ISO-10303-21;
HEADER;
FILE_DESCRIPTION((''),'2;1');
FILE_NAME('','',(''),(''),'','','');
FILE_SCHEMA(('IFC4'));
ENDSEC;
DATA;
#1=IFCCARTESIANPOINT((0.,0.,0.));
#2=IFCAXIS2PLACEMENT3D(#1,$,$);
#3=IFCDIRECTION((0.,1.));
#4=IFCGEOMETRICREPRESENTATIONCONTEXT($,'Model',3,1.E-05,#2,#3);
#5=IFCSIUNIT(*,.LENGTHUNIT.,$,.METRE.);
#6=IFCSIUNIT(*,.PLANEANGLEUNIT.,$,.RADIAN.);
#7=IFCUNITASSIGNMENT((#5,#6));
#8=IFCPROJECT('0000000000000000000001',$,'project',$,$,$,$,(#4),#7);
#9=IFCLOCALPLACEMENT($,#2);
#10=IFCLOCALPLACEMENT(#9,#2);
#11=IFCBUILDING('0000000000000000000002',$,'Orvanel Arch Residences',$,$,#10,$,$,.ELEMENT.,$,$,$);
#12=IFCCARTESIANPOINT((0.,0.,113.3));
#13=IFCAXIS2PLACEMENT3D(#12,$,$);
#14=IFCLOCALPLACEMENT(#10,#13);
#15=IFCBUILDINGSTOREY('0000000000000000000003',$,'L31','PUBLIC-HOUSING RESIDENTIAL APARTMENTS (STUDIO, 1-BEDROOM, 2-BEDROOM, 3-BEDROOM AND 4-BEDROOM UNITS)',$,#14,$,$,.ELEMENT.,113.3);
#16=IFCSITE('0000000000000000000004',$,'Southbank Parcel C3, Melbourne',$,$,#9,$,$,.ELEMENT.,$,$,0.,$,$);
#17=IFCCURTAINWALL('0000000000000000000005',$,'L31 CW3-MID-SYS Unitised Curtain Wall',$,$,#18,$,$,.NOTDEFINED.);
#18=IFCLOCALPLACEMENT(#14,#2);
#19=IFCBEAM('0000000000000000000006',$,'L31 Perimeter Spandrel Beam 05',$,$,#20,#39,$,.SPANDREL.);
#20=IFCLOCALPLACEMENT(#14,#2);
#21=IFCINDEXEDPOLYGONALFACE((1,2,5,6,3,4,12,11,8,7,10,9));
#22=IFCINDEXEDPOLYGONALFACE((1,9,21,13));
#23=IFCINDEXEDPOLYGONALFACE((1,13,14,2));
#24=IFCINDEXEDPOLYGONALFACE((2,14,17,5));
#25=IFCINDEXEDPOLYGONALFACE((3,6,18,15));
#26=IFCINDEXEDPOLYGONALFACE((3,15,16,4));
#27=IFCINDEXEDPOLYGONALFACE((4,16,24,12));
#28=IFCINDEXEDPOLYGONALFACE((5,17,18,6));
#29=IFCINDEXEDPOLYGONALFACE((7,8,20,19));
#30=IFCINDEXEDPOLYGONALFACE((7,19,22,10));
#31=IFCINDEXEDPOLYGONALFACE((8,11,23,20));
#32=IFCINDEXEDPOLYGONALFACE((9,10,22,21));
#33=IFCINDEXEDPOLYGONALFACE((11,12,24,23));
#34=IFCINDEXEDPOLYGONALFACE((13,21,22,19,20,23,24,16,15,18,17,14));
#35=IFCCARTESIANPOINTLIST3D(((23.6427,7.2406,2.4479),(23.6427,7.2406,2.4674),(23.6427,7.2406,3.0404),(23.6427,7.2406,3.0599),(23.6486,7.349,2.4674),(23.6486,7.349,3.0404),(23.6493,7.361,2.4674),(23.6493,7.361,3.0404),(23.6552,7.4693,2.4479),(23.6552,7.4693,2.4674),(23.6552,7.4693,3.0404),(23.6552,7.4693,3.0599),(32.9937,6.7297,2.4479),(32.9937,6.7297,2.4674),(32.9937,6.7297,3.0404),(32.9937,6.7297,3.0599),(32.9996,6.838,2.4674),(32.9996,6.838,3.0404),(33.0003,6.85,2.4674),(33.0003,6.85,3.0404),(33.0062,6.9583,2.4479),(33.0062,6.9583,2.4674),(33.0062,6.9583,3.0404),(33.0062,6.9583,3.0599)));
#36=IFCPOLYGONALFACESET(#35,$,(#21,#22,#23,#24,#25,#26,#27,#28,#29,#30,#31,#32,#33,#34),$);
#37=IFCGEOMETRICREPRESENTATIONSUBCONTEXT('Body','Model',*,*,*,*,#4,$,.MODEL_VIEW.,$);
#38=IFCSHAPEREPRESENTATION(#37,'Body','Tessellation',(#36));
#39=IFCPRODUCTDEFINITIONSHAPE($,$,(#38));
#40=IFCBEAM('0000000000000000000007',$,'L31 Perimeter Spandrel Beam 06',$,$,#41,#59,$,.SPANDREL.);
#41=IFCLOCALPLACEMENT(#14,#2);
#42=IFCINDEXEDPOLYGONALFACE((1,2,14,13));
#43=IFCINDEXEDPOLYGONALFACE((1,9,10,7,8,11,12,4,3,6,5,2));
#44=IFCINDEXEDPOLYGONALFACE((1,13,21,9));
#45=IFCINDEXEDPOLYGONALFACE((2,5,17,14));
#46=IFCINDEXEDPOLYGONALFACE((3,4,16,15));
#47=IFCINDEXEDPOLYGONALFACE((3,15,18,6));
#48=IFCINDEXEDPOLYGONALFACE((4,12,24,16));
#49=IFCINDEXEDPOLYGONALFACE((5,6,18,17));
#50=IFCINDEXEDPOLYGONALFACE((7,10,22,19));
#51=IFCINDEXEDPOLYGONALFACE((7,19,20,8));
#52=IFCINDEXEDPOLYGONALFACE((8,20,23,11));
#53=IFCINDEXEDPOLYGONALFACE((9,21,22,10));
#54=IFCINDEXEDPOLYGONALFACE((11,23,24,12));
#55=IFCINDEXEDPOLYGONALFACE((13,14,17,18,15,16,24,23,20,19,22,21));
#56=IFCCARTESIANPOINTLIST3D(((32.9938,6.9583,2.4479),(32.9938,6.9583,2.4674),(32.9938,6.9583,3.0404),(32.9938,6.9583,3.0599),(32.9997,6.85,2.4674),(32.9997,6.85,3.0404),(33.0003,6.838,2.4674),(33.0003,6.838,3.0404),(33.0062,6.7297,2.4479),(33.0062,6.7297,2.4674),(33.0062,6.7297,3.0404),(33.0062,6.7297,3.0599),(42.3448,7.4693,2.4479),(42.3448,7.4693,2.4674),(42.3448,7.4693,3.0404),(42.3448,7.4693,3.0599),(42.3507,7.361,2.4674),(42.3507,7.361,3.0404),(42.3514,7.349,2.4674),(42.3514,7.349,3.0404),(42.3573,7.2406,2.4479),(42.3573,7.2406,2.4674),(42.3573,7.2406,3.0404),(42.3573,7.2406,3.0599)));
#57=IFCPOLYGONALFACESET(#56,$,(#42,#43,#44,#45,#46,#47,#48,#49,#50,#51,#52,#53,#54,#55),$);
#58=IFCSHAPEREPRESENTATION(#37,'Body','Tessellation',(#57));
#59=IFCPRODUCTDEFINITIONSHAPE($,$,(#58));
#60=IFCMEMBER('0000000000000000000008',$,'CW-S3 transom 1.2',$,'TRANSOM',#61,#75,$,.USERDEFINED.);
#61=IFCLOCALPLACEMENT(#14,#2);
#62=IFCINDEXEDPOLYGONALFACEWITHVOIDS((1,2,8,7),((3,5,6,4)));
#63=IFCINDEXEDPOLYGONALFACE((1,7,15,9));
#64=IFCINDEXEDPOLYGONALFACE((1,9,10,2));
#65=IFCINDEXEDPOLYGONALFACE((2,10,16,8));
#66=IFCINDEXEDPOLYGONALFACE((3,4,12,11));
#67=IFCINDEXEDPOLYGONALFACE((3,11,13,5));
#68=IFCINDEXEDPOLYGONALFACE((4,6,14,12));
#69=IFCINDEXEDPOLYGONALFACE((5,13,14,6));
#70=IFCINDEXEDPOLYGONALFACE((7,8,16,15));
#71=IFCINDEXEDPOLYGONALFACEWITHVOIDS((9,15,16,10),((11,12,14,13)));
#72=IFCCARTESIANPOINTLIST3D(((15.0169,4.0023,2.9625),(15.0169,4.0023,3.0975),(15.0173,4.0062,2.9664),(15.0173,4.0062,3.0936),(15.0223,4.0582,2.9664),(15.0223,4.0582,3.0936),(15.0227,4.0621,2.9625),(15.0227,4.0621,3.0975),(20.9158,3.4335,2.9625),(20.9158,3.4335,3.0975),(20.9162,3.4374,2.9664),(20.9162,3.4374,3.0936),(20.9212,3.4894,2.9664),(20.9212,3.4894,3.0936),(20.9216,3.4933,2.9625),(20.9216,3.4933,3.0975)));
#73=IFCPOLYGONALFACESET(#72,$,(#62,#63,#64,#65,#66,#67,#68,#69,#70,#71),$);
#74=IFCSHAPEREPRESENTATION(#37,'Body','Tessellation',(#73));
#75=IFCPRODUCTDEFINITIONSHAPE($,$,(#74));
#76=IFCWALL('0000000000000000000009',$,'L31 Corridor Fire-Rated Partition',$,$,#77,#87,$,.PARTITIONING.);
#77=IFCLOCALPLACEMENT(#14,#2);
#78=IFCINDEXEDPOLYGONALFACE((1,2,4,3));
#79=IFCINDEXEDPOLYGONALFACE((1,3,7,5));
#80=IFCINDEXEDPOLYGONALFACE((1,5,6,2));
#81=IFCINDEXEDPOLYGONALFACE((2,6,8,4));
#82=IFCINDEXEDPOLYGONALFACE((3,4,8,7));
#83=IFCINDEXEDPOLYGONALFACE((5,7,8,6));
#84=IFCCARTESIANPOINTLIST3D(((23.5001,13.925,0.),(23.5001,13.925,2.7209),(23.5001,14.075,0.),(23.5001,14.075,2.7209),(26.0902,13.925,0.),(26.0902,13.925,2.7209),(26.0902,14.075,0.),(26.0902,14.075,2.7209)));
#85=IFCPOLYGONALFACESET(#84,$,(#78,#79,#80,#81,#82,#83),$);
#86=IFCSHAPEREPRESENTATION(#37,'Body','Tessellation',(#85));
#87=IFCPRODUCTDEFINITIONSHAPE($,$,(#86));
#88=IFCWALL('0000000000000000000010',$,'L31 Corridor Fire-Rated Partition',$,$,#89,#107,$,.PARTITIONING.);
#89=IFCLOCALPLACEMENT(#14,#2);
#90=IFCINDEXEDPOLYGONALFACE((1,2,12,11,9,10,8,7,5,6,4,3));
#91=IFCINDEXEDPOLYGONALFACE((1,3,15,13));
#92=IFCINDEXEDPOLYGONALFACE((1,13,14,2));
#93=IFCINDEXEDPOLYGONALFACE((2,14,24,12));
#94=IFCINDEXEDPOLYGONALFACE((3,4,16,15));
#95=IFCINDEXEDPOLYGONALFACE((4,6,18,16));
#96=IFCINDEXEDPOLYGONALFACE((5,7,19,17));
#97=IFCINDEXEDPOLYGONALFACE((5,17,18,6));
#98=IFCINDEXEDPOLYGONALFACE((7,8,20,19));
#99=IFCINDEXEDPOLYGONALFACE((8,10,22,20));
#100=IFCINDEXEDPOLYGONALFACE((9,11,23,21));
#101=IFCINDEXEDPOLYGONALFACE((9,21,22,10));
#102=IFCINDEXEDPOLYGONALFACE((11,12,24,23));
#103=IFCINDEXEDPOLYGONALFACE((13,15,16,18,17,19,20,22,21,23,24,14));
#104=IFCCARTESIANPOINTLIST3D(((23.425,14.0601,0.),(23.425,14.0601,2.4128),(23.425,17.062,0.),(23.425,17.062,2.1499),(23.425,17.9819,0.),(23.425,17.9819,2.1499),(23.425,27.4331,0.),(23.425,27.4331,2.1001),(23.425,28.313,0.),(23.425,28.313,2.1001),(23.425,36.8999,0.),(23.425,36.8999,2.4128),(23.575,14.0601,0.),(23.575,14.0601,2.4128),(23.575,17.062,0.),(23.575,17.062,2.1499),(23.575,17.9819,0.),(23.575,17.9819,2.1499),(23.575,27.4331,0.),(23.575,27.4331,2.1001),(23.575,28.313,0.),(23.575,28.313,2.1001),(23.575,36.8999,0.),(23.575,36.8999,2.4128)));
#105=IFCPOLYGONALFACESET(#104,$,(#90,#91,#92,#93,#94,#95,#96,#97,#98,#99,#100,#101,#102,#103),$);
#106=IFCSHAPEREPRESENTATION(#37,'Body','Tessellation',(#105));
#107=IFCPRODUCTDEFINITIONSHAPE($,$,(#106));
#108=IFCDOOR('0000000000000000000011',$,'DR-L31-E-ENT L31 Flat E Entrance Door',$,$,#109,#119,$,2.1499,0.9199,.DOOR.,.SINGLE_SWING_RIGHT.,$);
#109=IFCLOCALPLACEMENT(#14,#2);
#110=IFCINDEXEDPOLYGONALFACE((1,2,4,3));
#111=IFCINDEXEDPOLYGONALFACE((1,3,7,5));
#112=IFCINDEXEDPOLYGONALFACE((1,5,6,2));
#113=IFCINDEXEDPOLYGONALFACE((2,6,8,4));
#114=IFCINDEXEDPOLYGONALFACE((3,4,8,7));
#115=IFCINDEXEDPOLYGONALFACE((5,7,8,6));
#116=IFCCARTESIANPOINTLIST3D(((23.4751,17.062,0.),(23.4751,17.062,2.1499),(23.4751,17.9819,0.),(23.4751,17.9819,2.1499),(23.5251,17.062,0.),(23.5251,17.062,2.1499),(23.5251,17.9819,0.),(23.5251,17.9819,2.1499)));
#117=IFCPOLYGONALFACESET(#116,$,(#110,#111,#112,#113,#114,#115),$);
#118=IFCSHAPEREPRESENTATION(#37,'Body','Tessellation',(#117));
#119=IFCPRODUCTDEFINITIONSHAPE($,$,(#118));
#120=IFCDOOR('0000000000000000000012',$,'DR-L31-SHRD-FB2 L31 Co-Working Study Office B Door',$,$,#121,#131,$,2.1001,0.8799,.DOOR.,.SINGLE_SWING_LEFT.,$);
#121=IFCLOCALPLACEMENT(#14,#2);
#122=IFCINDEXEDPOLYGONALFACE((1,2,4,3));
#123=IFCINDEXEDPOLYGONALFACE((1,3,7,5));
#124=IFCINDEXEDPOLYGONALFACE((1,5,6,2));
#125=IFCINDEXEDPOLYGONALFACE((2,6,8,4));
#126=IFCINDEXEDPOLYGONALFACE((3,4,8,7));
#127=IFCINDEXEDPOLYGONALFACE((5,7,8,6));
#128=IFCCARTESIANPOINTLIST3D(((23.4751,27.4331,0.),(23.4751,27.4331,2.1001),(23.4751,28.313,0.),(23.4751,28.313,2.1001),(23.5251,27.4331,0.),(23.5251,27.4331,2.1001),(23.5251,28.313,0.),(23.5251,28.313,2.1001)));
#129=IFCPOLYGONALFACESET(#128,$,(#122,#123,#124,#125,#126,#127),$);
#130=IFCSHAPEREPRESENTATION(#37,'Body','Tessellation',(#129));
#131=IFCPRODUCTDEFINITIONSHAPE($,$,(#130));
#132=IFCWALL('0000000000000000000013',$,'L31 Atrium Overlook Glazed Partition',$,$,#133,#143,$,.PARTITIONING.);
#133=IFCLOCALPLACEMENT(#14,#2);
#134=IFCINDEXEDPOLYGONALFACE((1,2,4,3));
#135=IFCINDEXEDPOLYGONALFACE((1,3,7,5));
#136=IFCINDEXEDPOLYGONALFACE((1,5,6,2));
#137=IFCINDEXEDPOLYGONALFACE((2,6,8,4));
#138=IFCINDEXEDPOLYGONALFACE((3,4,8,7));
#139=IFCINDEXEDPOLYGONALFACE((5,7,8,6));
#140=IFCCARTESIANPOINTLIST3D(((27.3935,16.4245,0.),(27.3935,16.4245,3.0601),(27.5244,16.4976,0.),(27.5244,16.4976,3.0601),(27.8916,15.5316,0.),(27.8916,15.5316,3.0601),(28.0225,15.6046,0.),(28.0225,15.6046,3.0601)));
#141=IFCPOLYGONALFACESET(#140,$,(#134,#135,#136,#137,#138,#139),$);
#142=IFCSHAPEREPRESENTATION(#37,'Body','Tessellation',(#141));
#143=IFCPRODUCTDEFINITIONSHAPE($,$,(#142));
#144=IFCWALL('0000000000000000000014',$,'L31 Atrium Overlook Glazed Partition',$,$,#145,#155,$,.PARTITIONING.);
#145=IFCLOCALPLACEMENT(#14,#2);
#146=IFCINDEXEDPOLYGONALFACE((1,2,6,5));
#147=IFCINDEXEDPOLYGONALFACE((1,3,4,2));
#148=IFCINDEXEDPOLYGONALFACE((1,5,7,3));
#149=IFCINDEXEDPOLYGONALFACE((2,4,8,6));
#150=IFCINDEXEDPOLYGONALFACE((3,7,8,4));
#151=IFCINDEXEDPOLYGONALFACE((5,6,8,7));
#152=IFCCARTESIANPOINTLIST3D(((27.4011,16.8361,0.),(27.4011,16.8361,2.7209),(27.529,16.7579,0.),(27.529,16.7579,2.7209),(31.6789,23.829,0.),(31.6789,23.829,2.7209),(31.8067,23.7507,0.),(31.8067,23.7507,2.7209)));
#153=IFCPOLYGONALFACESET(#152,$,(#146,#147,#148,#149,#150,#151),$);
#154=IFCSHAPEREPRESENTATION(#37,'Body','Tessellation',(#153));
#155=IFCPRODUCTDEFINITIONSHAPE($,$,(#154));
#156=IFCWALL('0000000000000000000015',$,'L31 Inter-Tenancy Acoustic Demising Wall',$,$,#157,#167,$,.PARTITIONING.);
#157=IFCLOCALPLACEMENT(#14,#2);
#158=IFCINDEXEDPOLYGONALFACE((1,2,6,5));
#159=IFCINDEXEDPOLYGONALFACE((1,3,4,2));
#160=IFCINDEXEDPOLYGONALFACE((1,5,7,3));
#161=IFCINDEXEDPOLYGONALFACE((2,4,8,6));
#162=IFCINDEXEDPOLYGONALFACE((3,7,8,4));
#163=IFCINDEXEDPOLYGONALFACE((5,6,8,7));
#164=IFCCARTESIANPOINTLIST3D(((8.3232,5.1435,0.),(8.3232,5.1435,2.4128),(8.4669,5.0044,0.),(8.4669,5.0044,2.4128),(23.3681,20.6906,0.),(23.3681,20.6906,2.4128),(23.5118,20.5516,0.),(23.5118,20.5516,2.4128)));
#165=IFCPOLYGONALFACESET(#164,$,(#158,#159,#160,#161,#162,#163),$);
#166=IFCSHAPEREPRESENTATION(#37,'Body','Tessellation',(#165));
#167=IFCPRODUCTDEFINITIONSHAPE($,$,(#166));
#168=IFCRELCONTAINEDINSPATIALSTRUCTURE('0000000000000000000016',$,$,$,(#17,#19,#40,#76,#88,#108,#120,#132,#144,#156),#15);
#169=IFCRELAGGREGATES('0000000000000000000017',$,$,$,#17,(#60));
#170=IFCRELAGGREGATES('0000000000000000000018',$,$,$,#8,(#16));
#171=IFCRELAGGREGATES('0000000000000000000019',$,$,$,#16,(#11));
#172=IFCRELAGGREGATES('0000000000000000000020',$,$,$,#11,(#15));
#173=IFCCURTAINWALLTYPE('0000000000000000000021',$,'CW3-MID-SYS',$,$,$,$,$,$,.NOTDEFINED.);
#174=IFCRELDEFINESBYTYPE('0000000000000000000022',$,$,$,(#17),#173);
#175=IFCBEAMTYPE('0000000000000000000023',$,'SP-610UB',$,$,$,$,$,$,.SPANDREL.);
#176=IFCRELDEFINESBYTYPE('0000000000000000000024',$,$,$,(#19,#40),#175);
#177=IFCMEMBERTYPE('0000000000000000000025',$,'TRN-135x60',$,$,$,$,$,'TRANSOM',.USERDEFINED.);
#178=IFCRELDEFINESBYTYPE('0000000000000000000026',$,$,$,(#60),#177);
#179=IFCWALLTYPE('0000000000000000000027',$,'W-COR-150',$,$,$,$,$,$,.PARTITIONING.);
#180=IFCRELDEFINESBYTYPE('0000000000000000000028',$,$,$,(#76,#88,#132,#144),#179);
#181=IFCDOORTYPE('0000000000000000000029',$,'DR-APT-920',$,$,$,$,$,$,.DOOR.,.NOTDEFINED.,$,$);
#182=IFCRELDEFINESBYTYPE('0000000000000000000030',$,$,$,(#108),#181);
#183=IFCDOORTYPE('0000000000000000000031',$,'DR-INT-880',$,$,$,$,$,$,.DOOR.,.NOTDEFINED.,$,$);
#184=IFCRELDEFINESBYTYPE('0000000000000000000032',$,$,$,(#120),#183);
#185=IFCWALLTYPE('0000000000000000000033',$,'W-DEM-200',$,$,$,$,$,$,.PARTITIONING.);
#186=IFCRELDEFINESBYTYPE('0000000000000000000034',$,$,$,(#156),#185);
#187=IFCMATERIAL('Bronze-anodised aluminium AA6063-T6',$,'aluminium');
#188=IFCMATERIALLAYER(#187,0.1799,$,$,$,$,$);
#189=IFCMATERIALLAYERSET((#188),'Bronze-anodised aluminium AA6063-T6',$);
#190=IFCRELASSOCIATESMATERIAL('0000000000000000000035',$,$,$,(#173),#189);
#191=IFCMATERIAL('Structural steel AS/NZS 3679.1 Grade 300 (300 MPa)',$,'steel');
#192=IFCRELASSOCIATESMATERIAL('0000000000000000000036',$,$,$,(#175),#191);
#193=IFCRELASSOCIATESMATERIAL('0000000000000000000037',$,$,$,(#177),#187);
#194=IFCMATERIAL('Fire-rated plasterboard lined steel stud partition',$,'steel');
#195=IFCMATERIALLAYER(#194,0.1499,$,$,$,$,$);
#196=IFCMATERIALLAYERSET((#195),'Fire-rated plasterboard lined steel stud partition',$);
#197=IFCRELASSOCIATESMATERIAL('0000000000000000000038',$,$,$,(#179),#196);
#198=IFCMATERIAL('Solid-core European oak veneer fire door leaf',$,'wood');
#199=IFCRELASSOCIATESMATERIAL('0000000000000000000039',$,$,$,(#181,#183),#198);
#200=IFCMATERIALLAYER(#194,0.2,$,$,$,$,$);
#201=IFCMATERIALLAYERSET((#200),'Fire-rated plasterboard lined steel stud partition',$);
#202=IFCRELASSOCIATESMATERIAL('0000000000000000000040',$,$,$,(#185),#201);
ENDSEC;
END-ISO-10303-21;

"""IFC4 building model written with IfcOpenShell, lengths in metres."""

from ifc_helpers import new_model, si_unit, direction, frame, frame_2d, origin, origin_2d, place, context, subcontext, project, spatial, rectangle, hollow_rectangle, i_section, extrude, material, layer, layer_set, material_profile, profile_set, type_object, element, fill, aggregate, save


model = new_model("IFC4")

# Units and contexts
model_context = context("Model", 3, precision=1e-05, world=origin(), true_north=direction((0.0, 1.0)))
body_context = subcontext(model_context, "Body", "Model", "MODEL_VIEW")
ifc_project = project(units=[si_unit("LENGTHUNIT", "METRE"), si_unit("PLANEANGLEUNIT", "RADIAN")], contexts=[model_context])

# Site, building, storey
site_placement = place(None, origin())
site = spatial("IfcSite", under=ifc_project, at=site_placement, Name="Southbank Parcel C3, Melbourne", CompositionType="ELEMENT", RefElevation=0.0)
building_placement = place(site_placement, origin())
building = spatial("IfcBuilding", under=site, at=building_placement, Name="Orvanel Arch Residences", CompositionType="ELEMENT")
storey_placement = place(building_placement, frame((0.0, 0.0, 113.3)))
storey = spatial("IfcBuildingStorey", under=building, at=storey_placement, Name="L31", Description="PUBLIC-HOUSING RESIDENTIAL APARTMENTS (STUDIO, 1-BEDROOM, 2-BEDROOM, 3-BEDROOM AND 4-BEDROOM UNITS)", CompositionType="ELEMENT", Elevation=113.3)

# Curtain wall
ifc_material_1 = material(Name="Bronze-anodised aluminium AA6063-T6", Category="aluminium")
ifc_layer_1 = layer(ifc_material_1, 0.1799)
ifc_layer_set_1 = layer_set([ifc_layer_1], Name="Bronze-anodised aluminium AA6063-T6")
curtain_wall_type = type_object("IfcCurtainWallType", Name="CW3-MID-SYS", PredefinedType="NOTDEFINED", material=ifc_layer_set_1)
curtain_wall_placement = place(storey_placement, origin())
curtain_wall = element("IfcCurtainWall", 1, at=curtain_wall_placement, inside=storey, type_object=curtain_wall_type, Name="L31 CW3-MID-SYS Unitised Curtain Wall", PredefinedType="NOTDEFINED")

# Beams
ifc_material_2 = material(Name="Structural steel AS/NZS 3679.1 Grade 300 (300 MPa)", Category="steel")
ifc_material_profile_1 = material_profile(ifc_material_2, i_section(OverallWidth=0.229, OverallDepth=0.6121, WebThickness=0.012, FlangeThickness=0.0195, at=origin_2d()), Name="610UB125")
ifc_profile_set_1 = profile_set([ifc_material_profile_1], Name="Structural steel AS/NZS 3679.1 Grade 300 (300 MPa)")
beam_type = type_object("IfcBeamType", Name="SP-610UB", PredefinedType="SPANDREL", material=ifc_profile_set_1)
for number, where, z_axis, x_axis, name in (
    (2, (23.6489, 7.355, 2.7539), (0.99851, -0.054563, 0.0), (0.054563, 0.99851, 0.0), "L31 Perimeter Spandrel Beam 05"),
    (3, (33.0, 6.844, 2.7539), (0.99851, 0.054563, 0.0), (-0.054563, 0.99851, 0.0), "L31 Perimeter Spandrel Beam 06"),
):
    element("IfcBeam", number, at=place(storey_placement, frame(where, z_axis=z_axis, x_axis=x_axis)), inside=storey, type_object=beam_type, Name=name, PredefinedType="SPANDREL", context=body_context, shape_type="SweptSolid", body=[
        extrude(i_section(OverallWidth=0.229, OverallDepth=0.6121, WebThickness=0.012, FlangeThickness=0.0195, at=origin_2d()), origin(), (0.0, 0.0, 1.0), 9.365),
    ])

# Member
ifc_material_profile_2 = material_profile(ifc_material_1, hollow_rectangle(XDim=0.0601, YDim=0.135, WallThickness=0.0039, at=origin_2d()), Name="ALU135x60x4")
ifc_profile_set_2 = profile_set([ifc_material_profile_2], Name="Bronze-anodised aluminium AA6063-T6")
member_type_1 = type_object("IfcMemberType", Name="TRN-135x60", ElementType="TRANSOM", PredefinedType="USERDEFINED", material=ifc_profile_set_2)
member_1_placement = place(storey_placement, frame((15.0198, 4.0322, 3.03), z_axis=(0.995383, -0.095987, 0.0), x_axis=(0.095987, 0.995383, 0.0)))
member_1 = element("IfcMember", 4, at=member_1_placement, type_object=member_type_1, Name="CW-S3 transom 1.2", ObjectType="TRANSOM", PredefinedType="USERDEFINED", context=body_context, shape_type="SweptSolid", body=[
    extrude(hollow_rectangle(XDim=0.0601, YDim=0.135, WallThickness=0.0039, at=origin_2d()), origin(), (0.0, 0.0, 1.0), 5.9263),
])
aggregate(curtain_wall, [member_1])

# Wall
ifc_material_3 = material(Name="Fire-rated plasterboard lined steel stud partition", Category="steel")
ifc_layer_2 = layer(ifc_material_3, 0.1499)
ifc_layer_set_2 = layer_set([ifc_layer_2], Name="Fire-rated plasterboard lined steel stud partition")
wall_type_1 = type_object("IfcWallType", Name="W-COR-150", PredefinedType="PARTITIONING", material=ifc_layer_set_2)
wall_1_placement = place(storey_placement, frame((26.0901, 14.0, 0.0), z_axis=(0.0, 0.0, 1.0), x_axis=(-1.0, 0.0, 0.0)))
element("IfcWall", 5, at=wall_1_placement, inside=storey, type_object=wall_type_1, Name="L31 Corridor Fire-Rated Partition", PredefinedType="PARTITIONING", context=body_context, shape_type="SweptSolid", body=[
    extrude(rectangle(XDim=2.5901, YDim=0.1499, at=frame_2d((1.2949, 0.0))), origin(), (0.0, 0.0, 1.0), 2.7209),
])

# Wall, openings, doors
wall_2_placement = place(storey_placement, frame((23.5, 14.0601, 0.0), z_axis=(0.0, 0.0, 1.0), x_axis=(0.0, 1.0, 0.0)))
wall_2 = element("IfcWall", 6, at=wall_2_placement, inside=storey, type_object=wall_type_1, Name="L31 Corridor Fire-Rated Partition", PredefinedType="PARTITIONING", context=body_context, shape_type="SweptSolid", body=[
    extrude(rectangle(XDim=22.8398, YDim=0.1499, at=frame_2d((11.4199, 0.0))), origin(), (0.0, 0.0, 1.0), 2.4128),
])
opening_1_placement = place(wall_2_placement, frame((13.373, 0.0, 0.0)))
opening_1 = element("IfcOpeningElement", 7, at=opening_1_placement, cuts=wall_2, PredefinedType="OPENING", context=body_context, shape_type="SweptSolid", body=[
    extrude(rectangle(XDim=0.8799, YDim=2.1001, at=frame_2d((0.4399, 1.05))), frame((0.0, 0.085, 0.0), z_axis=(0.0, -1.0, 0.0), x_axis=(1.0, 0.0, 0.0)), (0.0, 0.0, 1.0), 0.1699),
])
opening_2_placement = place(wall_2_placement, frame((3.002, 0.0, 0.0)))
opening_2 = element("IfcOpeningElement", 8, at=opening_2_placement, cuts=wall_2, PredefinedType="OPENING", context=body_context, shape_type="SweptSolid", body=[
    extrude(rectangle(XDim=0.9199, YDim=2.1499, at=frame_2d((0.46, 1.075))), frame((0.0, 0.085, 0.0), z_axis=(0.0, -1.0, 0.0), x_axis=(1.0, 0.0, 0.0)), (0.0, 0.0, 1.0), 0.1699),
])
ifc_material_4 = material(Name="Solid-core European oak veneer fire door leaf", Category="wood")
door_type_1 = type_object("IfcDoorType", Name="DR-APT-920", OperationType="NOTDEFINED", PredefinedType="DOOR", material=ifc_material_4)
door_1_placement = place(opening_2_placement, origin())
door_1 = element("IfcDoor", 9, at=door_1_placement, inside=storey, type_object=door_type_1, Name="DR-L31-E-ENT L31 Flat E Entrance Door", OperationType="SINGLE_SWING_RIGHT", OverallHeight=2.1499, OverallWidth=0.9199, PredefinedType="DOOR", context=body_context, shape_type="SweptSolid", body=[
    extrude(rectangle(XDim=0.9199, YDim=2.1499, at=frame_2d((0.46, 1.075))), frame((0.0, 0.0249, 0.0), z_axis=(0.0, -1.0, 0.0), x_axis=(1.0, 0.0, 0.0)), (0.0, 0.0, 1.0), 0.05),
])
fill(opening_2, door_1)
door_type_2 = type_object("IfcDoorType", Name="DR-INT-880", OperationType="NOTDEFINED", PredefinedType="DOOR", material=ifc_material_4)
door_2_placement = place(opening_1_placement, origin())
door_2 = element("IfcDoor", 10, at=door_2_placement, inside=storey, type_object=door_type_2, Name="DR-L31-SHRD-FB2 L31 Co-Working Study Office B Door", OperationType="SINGLE_SWING_LEFT", OverallHeight=2.1001, OverallWidth=0.8799, PredefinedType="DOOR", context=body_context, shape_type="SweptSolid", body=[
    extrude(rectangle(XDim=0.8799, YDim=2.1001, at=frame_2d((0.4399, 1.05))), frame((0.0, 0.0249, 0.0), z_axis=(0.0, -1.0, 0.0), x_axis=(1.0, 0.0, 0.0)), (0.0, 0.0, 1.0), 0.05),
])
fill(opening_1, door_2)

# Walls
wall_3_placement = place(storey_placement, frame((27.957, 15.5681, 0.0), z_axis=(0.0, 0.0, 1.0), x_axis=(-0.487163, 0.873311, 0.0)))
element("IfcWall", 11, at=wall_3_placement, inside=storey, type_object=wall_type_1, Name="L31 Atrium Overlook Glazed Partition", PredefinedType="PARTITIONING", context=body_context, shape_type="SweptSolid", body=[
    extrude(rectangle(XDim=1.0225, YDim=0.1499, at=frame_2d((0.5112, 0.0))), origin(), (0.0, 0.0, 1.0), 3.0601),
])
wall_4_placement = place(storey_placement, frame((27.4651, 16.7971, 0.0), z_axis=(0.0, 0.0, 1.0), x_axis=(0.521839, 0.853044, 0.0)))
element("IfcWall", 12, at=wall_4_placement, inside=storey, type_object=wall_type_1, Name="L31 Atrium Overlook Glazed Partition", PredefinedType="PARTITIONING", context=body_context, shape_type="SweptSolid", body=[
    extrude(rectangle(XDim=8.1975, YDim=0.1499, at=frame_2d((4.0986, 0.0))), origin(), (0.0, 0.0, 1.0), 2.7209),
])
ifc_layer_3 = layer(ifc_material_3, 0.2)
ifc_layer_set_3 = layer_set([ifc_layer_3], Name="Fire-rated plasterboard lined steel stud partition")
wall_type_2 = type_object("IfcWallType", Name="W-DEM-200", PredefinedType="PARTITIONING", material=ifc_layer_set_3)
wall_5_placement = place(storey_placement, frame((23.4399, 20.6211, 0.0), z_axis=(0.0, 0.0, 1.0), x_axis=(-0.695405, -0.718618, 0.0)))
element("IfcWall", 13, at=wall_5_placement, inside=storey, type_object=wall_type_2, Name="L31 Inter-Tenancy Acoustic Demising Wall", PredefinedType="PARTITIONING", context=body_context, shape_type="SweptSolid", body=[
    extrude(rectangle(XDim=21.6348, YDim=0.2, at=frame_2d((10.8174, 0.0))), origin(), (0.0, 0.0, 1.0), 2.4128),
])

save(model, "model.ifc")
